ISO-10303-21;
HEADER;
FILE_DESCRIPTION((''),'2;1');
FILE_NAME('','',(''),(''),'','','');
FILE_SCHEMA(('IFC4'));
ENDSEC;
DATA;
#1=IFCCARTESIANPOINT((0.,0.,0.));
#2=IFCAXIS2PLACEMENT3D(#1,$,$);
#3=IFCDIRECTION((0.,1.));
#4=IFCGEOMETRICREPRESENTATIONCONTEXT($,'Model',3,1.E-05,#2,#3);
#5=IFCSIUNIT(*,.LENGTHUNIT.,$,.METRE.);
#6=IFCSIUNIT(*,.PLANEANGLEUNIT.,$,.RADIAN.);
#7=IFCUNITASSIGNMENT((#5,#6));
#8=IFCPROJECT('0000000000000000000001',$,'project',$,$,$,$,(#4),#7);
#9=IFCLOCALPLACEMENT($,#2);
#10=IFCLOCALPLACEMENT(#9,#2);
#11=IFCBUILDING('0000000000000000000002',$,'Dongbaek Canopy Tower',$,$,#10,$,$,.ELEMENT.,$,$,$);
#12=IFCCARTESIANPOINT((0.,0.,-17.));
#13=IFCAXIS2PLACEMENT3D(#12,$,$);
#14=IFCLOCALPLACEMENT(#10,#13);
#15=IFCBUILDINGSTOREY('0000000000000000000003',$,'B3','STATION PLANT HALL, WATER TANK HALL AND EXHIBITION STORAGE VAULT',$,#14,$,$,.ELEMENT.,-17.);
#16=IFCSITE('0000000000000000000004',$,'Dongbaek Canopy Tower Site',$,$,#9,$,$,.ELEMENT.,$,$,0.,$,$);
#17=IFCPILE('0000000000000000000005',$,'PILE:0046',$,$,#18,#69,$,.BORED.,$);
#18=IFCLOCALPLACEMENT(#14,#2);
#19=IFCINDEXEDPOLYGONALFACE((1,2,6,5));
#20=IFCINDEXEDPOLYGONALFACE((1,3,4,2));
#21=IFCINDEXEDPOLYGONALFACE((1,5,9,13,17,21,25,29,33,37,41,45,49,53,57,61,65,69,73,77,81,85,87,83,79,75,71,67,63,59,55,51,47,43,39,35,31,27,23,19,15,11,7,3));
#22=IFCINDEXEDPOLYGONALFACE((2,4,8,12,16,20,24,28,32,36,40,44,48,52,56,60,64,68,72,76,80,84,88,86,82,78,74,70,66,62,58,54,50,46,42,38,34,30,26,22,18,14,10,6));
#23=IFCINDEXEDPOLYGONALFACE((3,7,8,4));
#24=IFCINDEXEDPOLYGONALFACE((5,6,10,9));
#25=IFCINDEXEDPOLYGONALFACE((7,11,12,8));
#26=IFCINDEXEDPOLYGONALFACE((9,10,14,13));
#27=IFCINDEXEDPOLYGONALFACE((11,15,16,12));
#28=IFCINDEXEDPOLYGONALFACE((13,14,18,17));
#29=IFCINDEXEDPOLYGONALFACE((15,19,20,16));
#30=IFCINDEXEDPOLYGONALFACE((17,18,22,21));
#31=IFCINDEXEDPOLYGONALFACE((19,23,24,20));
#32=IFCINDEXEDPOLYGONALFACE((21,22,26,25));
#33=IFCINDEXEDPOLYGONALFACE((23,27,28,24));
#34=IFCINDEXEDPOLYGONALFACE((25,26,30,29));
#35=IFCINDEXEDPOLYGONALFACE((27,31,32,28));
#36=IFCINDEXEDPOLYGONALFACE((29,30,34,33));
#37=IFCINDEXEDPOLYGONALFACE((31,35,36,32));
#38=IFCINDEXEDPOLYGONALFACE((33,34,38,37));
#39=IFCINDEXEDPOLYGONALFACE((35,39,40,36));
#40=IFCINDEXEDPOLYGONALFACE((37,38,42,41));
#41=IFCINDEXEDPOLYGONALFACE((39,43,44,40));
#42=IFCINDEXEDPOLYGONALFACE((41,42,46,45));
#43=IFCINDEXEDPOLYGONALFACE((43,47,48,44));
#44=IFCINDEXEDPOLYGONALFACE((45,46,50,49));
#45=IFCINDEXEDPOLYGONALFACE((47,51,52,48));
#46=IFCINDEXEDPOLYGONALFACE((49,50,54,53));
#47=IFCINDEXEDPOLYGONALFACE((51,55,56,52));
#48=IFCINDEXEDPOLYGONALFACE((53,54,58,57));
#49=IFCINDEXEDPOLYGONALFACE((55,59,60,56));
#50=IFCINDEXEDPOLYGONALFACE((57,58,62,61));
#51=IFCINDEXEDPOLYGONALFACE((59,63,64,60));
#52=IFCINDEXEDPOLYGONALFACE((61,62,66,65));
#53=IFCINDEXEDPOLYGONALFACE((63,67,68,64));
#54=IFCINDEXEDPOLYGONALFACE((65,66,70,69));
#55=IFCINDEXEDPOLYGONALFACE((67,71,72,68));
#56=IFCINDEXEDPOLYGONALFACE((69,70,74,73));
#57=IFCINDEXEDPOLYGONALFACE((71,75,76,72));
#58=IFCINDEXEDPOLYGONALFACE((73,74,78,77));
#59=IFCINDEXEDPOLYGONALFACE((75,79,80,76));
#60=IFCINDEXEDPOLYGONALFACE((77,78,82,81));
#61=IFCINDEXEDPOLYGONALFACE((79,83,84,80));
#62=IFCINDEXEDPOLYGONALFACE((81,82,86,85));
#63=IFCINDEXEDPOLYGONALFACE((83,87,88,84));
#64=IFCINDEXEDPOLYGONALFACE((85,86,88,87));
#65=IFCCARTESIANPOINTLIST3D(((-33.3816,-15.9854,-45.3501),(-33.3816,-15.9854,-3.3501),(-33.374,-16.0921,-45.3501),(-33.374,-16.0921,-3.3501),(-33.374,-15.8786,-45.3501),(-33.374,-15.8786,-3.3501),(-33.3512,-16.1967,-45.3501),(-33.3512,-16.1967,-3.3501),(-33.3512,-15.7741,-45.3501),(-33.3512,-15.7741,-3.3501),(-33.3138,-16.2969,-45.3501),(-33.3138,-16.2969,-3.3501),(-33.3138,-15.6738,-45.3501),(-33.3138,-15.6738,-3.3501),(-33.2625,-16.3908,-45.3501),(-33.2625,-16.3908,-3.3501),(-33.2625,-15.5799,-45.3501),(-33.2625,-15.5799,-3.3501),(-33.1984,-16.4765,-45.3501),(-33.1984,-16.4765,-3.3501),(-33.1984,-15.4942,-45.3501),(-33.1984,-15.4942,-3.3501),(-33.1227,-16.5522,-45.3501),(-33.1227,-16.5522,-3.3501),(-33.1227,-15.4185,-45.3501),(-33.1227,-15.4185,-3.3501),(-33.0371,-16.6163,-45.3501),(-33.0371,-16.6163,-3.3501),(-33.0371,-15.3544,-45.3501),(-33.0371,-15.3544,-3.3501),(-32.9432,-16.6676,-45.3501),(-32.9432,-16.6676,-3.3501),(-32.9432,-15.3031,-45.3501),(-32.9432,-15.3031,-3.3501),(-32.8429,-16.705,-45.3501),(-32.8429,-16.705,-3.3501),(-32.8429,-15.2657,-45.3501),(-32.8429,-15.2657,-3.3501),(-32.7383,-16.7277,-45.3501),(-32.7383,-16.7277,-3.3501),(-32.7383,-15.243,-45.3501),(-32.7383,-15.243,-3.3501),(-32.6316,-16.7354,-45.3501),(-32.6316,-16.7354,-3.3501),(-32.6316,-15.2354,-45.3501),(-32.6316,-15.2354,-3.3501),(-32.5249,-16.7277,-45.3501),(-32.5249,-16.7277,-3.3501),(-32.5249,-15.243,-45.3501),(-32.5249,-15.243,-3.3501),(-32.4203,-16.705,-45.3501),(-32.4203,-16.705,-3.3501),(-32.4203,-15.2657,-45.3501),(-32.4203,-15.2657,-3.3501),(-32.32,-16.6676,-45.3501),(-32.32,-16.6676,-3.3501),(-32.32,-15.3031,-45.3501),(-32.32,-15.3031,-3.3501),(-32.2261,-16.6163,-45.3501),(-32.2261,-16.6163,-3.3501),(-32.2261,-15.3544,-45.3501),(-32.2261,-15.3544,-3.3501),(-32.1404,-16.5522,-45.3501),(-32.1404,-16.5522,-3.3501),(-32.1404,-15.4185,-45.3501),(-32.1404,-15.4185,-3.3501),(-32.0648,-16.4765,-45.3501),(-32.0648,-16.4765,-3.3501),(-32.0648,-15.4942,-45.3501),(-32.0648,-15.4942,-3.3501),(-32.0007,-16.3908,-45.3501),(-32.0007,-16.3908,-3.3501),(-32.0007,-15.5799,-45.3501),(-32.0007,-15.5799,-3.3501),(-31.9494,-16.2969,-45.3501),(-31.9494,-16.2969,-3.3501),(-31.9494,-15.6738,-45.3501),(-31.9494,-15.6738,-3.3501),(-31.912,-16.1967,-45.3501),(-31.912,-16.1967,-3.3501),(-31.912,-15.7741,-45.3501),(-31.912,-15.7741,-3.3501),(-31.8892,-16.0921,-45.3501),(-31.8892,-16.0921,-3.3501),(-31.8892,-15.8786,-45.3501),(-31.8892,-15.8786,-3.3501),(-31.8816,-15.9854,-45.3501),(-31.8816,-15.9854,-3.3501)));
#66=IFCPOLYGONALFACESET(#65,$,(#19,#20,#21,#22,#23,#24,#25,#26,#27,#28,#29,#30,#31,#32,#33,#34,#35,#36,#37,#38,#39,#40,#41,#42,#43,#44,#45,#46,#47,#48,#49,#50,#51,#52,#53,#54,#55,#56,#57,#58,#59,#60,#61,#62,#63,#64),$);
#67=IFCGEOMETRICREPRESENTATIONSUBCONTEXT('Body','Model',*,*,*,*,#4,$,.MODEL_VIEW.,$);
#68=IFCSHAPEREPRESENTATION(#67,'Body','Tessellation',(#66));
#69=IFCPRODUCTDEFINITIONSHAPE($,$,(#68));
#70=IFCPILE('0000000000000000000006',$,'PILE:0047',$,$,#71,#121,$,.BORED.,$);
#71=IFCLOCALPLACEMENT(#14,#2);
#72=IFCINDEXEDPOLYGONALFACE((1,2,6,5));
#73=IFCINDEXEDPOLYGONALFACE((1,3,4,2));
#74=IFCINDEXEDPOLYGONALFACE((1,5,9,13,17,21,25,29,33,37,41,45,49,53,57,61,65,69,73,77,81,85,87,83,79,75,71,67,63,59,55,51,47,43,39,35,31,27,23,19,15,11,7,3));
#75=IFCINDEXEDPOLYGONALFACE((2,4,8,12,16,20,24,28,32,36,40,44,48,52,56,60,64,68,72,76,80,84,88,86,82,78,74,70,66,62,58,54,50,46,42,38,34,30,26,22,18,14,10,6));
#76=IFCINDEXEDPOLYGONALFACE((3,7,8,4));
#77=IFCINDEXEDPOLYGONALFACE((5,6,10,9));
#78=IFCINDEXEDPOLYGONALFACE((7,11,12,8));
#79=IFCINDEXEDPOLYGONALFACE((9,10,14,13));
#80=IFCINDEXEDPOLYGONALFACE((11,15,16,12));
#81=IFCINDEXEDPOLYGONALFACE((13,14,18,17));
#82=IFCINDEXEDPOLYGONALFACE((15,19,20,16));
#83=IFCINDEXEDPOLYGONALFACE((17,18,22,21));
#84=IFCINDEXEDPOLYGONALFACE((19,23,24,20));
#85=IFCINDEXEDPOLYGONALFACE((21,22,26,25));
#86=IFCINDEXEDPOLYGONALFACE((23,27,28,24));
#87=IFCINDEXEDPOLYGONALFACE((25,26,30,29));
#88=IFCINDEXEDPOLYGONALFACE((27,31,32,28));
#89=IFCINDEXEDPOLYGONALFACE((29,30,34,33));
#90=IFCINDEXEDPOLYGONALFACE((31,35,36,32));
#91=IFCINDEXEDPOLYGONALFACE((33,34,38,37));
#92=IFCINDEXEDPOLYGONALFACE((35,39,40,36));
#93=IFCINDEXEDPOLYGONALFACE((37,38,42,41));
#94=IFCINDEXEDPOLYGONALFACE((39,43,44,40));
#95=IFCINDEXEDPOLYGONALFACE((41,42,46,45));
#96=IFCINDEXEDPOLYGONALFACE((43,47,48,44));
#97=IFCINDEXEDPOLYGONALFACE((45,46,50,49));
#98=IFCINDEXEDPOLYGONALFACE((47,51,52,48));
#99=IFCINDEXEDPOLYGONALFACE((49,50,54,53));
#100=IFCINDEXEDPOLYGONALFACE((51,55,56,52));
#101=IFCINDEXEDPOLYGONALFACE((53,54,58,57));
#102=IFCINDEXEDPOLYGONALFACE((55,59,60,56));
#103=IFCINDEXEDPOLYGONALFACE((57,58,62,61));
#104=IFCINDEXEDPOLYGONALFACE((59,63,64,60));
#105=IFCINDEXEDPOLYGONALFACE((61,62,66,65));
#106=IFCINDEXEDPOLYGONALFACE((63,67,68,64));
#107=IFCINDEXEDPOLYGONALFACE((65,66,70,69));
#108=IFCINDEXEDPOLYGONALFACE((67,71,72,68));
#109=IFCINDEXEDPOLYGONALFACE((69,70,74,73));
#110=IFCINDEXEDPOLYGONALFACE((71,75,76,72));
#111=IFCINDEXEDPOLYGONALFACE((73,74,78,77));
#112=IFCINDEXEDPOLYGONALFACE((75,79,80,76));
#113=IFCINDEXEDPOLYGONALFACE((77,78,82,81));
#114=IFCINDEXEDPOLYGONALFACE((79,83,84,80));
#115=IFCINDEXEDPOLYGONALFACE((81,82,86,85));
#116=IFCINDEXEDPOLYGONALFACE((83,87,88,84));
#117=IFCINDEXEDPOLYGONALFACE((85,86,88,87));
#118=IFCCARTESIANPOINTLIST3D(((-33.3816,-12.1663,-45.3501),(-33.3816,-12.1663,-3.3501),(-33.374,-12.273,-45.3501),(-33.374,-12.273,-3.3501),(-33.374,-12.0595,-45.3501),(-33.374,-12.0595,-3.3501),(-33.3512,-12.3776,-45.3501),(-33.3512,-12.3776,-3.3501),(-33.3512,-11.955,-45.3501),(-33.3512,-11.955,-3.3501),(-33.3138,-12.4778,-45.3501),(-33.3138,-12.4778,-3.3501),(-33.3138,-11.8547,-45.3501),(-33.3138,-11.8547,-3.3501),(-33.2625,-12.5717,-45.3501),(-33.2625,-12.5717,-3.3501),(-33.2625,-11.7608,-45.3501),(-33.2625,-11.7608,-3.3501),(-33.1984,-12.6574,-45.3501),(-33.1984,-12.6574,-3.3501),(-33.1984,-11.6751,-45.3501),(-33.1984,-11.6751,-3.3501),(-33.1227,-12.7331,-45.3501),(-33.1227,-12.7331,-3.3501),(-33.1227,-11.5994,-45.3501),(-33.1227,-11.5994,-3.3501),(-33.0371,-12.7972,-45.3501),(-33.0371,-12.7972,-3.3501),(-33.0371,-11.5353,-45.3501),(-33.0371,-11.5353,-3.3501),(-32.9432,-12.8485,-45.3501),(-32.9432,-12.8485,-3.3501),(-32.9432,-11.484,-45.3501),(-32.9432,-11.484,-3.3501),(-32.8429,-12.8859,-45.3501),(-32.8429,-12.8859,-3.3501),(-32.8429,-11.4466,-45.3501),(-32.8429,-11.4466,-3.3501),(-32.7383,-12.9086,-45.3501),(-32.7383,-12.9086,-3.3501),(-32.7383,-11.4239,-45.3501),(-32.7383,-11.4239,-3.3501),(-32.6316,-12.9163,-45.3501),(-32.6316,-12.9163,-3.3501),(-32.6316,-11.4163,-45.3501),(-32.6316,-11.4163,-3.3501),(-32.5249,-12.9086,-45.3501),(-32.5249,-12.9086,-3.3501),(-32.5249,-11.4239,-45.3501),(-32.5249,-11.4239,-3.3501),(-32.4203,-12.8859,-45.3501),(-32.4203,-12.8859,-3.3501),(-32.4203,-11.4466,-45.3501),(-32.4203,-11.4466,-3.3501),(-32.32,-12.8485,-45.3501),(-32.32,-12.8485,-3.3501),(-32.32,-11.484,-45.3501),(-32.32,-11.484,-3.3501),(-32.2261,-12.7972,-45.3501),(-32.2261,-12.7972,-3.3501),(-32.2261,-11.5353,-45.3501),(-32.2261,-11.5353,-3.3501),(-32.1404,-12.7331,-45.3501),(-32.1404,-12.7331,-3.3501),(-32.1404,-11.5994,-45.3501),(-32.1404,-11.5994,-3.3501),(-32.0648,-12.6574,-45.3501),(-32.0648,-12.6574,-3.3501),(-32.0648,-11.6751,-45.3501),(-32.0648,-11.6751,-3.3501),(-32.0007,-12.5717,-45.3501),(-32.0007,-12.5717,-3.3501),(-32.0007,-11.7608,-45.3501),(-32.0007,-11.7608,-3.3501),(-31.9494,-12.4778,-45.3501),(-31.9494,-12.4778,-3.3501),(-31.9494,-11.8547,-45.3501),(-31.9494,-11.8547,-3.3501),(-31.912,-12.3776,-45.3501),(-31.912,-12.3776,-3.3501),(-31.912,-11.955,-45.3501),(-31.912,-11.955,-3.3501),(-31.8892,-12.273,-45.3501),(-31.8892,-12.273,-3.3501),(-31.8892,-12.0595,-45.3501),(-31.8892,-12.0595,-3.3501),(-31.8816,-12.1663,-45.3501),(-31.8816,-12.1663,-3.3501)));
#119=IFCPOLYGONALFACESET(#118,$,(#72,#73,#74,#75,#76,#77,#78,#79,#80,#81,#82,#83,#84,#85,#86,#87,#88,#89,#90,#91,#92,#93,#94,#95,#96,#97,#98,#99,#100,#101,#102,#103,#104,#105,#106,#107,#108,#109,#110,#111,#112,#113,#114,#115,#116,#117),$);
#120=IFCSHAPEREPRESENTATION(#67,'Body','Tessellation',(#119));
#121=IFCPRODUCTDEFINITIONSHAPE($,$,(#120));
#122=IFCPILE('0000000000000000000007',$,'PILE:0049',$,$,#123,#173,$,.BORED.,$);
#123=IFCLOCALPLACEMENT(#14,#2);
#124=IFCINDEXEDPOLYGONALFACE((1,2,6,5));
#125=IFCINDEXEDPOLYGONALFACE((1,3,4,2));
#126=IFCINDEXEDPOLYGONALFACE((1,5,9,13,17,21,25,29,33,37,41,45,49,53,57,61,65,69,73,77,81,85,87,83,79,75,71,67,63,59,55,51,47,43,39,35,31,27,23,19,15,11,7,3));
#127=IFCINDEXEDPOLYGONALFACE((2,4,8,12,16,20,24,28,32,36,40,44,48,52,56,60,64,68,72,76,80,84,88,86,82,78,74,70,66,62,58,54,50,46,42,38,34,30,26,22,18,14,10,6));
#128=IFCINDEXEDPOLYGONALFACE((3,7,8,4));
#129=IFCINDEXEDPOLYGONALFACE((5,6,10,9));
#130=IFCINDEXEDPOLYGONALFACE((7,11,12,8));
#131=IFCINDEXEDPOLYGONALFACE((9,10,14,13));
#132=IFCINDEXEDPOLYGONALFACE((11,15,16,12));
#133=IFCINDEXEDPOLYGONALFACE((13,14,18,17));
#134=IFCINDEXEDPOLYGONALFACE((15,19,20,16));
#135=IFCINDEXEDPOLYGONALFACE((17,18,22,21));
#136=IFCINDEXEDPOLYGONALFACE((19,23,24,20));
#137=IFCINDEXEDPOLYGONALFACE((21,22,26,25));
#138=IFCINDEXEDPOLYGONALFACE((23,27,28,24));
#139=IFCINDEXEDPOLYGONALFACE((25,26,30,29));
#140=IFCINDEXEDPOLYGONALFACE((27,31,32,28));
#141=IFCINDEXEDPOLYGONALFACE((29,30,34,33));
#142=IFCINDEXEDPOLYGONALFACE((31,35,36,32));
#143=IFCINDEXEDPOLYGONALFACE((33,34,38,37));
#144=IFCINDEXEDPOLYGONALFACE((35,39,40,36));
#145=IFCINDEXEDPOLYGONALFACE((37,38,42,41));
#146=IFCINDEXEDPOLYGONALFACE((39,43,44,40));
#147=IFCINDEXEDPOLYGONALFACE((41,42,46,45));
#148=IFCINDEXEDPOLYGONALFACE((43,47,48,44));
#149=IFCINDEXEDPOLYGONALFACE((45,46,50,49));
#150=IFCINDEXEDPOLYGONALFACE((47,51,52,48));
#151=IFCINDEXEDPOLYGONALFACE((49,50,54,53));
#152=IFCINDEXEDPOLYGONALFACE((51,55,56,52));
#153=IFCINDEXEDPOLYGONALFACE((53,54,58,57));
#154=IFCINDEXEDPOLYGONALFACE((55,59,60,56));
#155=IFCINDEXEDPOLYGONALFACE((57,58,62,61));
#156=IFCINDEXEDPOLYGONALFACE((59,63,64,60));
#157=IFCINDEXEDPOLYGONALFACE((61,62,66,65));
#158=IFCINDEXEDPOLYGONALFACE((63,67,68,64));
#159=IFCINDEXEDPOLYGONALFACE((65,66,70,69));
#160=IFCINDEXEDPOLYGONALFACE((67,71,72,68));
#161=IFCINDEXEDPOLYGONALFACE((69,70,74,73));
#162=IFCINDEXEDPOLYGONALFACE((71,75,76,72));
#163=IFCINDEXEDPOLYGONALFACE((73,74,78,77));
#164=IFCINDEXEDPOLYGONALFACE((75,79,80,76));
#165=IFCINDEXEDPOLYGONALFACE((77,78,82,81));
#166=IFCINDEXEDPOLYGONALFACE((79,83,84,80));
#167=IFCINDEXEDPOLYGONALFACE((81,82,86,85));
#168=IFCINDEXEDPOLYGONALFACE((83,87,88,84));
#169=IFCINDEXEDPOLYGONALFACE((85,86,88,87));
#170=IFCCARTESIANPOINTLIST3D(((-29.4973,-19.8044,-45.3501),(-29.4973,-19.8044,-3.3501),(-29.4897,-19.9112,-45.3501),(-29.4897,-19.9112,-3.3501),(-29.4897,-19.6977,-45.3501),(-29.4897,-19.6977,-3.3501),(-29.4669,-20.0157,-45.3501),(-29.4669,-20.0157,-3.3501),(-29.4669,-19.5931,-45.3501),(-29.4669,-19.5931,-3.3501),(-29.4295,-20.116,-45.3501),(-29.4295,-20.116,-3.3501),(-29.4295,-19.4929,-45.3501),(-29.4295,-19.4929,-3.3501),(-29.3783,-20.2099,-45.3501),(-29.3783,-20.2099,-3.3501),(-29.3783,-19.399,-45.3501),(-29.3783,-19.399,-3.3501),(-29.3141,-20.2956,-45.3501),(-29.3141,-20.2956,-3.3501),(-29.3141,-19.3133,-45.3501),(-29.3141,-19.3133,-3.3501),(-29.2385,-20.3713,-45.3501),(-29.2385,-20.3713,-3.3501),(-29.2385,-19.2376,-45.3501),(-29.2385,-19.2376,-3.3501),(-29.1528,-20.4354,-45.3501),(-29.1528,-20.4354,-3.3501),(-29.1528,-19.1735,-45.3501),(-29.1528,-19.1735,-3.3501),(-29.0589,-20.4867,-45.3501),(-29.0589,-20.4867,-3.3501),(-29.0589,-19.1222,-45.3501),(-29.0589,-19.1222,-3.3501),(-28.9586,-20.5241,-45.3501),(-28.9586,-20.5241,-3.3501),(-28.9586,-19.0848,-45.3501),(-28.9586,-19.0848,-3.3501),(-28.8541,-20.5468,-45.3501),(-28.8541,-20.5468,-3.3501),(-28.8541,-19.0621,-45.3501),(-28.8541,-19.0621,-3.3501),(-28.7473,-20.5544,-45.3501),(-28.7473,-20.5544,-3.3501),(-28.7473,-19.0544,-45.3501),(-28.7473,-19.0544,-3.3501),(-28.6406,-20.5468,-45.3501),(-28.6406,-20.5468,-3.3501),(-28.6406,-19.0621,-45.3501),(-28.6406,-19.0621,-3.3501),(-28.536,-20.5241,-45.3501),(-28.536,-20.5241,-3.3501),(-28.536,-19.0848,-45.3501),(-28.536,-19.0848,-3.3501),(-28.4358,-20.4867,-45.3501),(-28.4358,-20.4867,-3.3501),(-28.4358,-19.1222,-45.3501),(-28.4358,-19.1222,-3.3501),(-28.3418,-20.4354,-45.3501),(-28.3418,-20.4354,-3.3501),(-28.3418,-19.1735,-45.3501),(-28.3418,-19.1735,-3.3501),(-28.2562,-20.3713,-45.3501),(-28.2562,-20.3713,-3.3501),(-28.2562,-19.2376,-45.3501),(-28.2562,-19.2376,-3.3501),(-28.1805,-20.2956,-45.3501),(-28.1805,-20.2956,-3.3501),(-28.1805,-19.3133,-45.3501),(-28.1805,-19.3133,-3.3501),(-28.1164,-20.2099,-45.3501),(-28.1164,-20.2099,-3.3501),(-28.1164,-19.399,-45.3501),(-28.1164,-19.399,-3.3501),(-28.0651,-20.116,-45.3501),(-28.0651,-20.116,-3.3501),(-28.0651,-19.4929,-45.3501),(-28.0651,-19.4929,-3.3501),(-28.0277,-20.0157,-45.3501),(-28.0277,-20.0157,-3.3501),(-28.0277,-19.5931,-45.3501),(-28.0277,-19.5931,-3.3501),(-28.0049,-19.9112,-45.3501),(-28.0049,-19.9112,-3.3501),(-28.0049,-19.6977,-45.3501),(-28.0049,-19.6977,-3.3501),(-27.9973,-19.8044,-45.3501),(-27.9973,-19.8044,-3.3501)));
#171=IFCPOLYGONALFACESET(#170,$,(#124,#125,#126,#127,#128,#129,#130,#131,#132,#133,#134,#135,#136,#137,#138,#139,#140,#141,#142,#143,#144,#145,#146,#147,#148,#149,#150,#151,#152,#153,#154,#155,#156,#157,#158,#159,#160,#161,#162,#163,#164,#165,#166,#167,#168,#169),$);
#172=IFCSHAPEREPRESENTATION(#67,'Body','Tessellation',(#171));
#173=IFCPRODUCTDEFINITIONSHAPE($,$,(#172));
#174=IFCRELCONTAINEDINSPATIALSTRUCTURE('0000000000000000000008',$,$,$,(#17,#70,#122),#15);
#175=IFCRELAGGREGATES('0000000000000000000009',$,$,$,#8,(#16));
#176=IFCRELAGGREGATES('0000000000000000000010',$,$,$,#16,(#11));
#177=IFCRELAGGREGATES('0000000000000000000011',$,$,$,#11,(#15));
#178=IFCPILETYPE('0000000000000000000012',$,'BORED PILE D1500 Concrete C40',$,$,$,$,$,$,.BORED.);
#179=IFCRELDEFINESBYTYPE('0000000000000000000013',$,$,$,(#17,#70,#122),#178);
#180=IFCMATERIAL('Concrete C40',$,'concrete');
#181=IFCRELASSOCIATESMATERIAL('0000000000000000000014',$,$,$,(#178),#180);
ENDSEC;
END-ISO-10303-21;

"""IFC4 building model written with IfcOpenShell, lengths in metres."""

from ifc_helpers import new_model, si_unit, direction, frame, origin, origin_2d, place, context, subcontext, project, spatial, circle, extrude, material, material_profile, profile_set, type_object, element, save


model = new_model("IFC4")

# Units and contexts
model_context = context("Model", 3, precision=1e-05, world=origin(), true_north=direction((0.0, 1.0)))
body_context = subcontext(model_context, "Body", "Model", "MODEL_VIEW")
ifc_project = project(units=[si_unit("LENGTHUNIT", "METRE"), si_unit("PLANEANGLEUNIT", "RADIAN")], contexts=[model_context])

# Site, building, storey
site_placement = place(None, origin())
site = spatial("IfcSite", under=ifc_project, at=site_placement, Name="Dongbaek Canopy Tower Site", CompositionType="ELEMENT", RefElevation=0.0)
building_placement = place(site_placement, origin())
building = spatial("IfcBuilding", under=site, at=building_placement, Name="Dongbaek Canopy Tower", CompositionType="ELEMENT")
storey_placement = place(building_placement, frame((0.0, 0.0, -17.0)))
storey = spatial("IfcBuildingStorey", under=building, at=storey_placement, Name="B3", Description="STATION PLANT HALL, WATER TANK HALL AND EXHIBITION STORAGE VAULT", CompositionType="ELEMENT", Elevation=-17.0)

# Piles
ifc_material_1 = material(Name="Concrete C40", Category="concrete")
ifc_material_profile_1 = material_profile(ifc_material_1, circle(Radius=0.75, at=origin_2d()), Name="BORED PILE D1500 Concrete C40")
ifc_profile_set_1 = profile_set([ifc_material_profile_1], Name="Concrete C40")
pile_type = type_object("IfcPileType", Name="BORED PILE D1500 Concrete C40", PredefinedType="BORED", material=ifc_profile_set_1)
for number, where, z_axis, x_axis, name in (
    (1, (-32.6316, -15.9854, -3.3501), (0.0, 0.0, -1.0), (1.0, 0.0, 0.0), "PILE:0046"),
    (2, (-32.6316, -12.1663, -3.3501), (0.0, 0.0, -1.0), (1.0, 0.0, 0.0), "PILE:0047"),
    (3, (-28.7473, -19.8044, -3.3501), (0.0, 0.0, -1.0), (1.0, 0.0, 0.0), "PILE:0049"),
):
    element("IfcPile", number, at=place(storey_placement, frame(where, z_axis=z_axis, x_axis=x_axis)), inside=storey, type_object=pile_type, Name=name, PredefinedType="BORED", context=body_context, shape_type="SweptSolid", body=[
        extrude(circle(Radius=0.75, at=origin_2d()), origin(), (0.0, 0.0, 1.0), 42.0),
    ])

save(model, "model.ifc")
